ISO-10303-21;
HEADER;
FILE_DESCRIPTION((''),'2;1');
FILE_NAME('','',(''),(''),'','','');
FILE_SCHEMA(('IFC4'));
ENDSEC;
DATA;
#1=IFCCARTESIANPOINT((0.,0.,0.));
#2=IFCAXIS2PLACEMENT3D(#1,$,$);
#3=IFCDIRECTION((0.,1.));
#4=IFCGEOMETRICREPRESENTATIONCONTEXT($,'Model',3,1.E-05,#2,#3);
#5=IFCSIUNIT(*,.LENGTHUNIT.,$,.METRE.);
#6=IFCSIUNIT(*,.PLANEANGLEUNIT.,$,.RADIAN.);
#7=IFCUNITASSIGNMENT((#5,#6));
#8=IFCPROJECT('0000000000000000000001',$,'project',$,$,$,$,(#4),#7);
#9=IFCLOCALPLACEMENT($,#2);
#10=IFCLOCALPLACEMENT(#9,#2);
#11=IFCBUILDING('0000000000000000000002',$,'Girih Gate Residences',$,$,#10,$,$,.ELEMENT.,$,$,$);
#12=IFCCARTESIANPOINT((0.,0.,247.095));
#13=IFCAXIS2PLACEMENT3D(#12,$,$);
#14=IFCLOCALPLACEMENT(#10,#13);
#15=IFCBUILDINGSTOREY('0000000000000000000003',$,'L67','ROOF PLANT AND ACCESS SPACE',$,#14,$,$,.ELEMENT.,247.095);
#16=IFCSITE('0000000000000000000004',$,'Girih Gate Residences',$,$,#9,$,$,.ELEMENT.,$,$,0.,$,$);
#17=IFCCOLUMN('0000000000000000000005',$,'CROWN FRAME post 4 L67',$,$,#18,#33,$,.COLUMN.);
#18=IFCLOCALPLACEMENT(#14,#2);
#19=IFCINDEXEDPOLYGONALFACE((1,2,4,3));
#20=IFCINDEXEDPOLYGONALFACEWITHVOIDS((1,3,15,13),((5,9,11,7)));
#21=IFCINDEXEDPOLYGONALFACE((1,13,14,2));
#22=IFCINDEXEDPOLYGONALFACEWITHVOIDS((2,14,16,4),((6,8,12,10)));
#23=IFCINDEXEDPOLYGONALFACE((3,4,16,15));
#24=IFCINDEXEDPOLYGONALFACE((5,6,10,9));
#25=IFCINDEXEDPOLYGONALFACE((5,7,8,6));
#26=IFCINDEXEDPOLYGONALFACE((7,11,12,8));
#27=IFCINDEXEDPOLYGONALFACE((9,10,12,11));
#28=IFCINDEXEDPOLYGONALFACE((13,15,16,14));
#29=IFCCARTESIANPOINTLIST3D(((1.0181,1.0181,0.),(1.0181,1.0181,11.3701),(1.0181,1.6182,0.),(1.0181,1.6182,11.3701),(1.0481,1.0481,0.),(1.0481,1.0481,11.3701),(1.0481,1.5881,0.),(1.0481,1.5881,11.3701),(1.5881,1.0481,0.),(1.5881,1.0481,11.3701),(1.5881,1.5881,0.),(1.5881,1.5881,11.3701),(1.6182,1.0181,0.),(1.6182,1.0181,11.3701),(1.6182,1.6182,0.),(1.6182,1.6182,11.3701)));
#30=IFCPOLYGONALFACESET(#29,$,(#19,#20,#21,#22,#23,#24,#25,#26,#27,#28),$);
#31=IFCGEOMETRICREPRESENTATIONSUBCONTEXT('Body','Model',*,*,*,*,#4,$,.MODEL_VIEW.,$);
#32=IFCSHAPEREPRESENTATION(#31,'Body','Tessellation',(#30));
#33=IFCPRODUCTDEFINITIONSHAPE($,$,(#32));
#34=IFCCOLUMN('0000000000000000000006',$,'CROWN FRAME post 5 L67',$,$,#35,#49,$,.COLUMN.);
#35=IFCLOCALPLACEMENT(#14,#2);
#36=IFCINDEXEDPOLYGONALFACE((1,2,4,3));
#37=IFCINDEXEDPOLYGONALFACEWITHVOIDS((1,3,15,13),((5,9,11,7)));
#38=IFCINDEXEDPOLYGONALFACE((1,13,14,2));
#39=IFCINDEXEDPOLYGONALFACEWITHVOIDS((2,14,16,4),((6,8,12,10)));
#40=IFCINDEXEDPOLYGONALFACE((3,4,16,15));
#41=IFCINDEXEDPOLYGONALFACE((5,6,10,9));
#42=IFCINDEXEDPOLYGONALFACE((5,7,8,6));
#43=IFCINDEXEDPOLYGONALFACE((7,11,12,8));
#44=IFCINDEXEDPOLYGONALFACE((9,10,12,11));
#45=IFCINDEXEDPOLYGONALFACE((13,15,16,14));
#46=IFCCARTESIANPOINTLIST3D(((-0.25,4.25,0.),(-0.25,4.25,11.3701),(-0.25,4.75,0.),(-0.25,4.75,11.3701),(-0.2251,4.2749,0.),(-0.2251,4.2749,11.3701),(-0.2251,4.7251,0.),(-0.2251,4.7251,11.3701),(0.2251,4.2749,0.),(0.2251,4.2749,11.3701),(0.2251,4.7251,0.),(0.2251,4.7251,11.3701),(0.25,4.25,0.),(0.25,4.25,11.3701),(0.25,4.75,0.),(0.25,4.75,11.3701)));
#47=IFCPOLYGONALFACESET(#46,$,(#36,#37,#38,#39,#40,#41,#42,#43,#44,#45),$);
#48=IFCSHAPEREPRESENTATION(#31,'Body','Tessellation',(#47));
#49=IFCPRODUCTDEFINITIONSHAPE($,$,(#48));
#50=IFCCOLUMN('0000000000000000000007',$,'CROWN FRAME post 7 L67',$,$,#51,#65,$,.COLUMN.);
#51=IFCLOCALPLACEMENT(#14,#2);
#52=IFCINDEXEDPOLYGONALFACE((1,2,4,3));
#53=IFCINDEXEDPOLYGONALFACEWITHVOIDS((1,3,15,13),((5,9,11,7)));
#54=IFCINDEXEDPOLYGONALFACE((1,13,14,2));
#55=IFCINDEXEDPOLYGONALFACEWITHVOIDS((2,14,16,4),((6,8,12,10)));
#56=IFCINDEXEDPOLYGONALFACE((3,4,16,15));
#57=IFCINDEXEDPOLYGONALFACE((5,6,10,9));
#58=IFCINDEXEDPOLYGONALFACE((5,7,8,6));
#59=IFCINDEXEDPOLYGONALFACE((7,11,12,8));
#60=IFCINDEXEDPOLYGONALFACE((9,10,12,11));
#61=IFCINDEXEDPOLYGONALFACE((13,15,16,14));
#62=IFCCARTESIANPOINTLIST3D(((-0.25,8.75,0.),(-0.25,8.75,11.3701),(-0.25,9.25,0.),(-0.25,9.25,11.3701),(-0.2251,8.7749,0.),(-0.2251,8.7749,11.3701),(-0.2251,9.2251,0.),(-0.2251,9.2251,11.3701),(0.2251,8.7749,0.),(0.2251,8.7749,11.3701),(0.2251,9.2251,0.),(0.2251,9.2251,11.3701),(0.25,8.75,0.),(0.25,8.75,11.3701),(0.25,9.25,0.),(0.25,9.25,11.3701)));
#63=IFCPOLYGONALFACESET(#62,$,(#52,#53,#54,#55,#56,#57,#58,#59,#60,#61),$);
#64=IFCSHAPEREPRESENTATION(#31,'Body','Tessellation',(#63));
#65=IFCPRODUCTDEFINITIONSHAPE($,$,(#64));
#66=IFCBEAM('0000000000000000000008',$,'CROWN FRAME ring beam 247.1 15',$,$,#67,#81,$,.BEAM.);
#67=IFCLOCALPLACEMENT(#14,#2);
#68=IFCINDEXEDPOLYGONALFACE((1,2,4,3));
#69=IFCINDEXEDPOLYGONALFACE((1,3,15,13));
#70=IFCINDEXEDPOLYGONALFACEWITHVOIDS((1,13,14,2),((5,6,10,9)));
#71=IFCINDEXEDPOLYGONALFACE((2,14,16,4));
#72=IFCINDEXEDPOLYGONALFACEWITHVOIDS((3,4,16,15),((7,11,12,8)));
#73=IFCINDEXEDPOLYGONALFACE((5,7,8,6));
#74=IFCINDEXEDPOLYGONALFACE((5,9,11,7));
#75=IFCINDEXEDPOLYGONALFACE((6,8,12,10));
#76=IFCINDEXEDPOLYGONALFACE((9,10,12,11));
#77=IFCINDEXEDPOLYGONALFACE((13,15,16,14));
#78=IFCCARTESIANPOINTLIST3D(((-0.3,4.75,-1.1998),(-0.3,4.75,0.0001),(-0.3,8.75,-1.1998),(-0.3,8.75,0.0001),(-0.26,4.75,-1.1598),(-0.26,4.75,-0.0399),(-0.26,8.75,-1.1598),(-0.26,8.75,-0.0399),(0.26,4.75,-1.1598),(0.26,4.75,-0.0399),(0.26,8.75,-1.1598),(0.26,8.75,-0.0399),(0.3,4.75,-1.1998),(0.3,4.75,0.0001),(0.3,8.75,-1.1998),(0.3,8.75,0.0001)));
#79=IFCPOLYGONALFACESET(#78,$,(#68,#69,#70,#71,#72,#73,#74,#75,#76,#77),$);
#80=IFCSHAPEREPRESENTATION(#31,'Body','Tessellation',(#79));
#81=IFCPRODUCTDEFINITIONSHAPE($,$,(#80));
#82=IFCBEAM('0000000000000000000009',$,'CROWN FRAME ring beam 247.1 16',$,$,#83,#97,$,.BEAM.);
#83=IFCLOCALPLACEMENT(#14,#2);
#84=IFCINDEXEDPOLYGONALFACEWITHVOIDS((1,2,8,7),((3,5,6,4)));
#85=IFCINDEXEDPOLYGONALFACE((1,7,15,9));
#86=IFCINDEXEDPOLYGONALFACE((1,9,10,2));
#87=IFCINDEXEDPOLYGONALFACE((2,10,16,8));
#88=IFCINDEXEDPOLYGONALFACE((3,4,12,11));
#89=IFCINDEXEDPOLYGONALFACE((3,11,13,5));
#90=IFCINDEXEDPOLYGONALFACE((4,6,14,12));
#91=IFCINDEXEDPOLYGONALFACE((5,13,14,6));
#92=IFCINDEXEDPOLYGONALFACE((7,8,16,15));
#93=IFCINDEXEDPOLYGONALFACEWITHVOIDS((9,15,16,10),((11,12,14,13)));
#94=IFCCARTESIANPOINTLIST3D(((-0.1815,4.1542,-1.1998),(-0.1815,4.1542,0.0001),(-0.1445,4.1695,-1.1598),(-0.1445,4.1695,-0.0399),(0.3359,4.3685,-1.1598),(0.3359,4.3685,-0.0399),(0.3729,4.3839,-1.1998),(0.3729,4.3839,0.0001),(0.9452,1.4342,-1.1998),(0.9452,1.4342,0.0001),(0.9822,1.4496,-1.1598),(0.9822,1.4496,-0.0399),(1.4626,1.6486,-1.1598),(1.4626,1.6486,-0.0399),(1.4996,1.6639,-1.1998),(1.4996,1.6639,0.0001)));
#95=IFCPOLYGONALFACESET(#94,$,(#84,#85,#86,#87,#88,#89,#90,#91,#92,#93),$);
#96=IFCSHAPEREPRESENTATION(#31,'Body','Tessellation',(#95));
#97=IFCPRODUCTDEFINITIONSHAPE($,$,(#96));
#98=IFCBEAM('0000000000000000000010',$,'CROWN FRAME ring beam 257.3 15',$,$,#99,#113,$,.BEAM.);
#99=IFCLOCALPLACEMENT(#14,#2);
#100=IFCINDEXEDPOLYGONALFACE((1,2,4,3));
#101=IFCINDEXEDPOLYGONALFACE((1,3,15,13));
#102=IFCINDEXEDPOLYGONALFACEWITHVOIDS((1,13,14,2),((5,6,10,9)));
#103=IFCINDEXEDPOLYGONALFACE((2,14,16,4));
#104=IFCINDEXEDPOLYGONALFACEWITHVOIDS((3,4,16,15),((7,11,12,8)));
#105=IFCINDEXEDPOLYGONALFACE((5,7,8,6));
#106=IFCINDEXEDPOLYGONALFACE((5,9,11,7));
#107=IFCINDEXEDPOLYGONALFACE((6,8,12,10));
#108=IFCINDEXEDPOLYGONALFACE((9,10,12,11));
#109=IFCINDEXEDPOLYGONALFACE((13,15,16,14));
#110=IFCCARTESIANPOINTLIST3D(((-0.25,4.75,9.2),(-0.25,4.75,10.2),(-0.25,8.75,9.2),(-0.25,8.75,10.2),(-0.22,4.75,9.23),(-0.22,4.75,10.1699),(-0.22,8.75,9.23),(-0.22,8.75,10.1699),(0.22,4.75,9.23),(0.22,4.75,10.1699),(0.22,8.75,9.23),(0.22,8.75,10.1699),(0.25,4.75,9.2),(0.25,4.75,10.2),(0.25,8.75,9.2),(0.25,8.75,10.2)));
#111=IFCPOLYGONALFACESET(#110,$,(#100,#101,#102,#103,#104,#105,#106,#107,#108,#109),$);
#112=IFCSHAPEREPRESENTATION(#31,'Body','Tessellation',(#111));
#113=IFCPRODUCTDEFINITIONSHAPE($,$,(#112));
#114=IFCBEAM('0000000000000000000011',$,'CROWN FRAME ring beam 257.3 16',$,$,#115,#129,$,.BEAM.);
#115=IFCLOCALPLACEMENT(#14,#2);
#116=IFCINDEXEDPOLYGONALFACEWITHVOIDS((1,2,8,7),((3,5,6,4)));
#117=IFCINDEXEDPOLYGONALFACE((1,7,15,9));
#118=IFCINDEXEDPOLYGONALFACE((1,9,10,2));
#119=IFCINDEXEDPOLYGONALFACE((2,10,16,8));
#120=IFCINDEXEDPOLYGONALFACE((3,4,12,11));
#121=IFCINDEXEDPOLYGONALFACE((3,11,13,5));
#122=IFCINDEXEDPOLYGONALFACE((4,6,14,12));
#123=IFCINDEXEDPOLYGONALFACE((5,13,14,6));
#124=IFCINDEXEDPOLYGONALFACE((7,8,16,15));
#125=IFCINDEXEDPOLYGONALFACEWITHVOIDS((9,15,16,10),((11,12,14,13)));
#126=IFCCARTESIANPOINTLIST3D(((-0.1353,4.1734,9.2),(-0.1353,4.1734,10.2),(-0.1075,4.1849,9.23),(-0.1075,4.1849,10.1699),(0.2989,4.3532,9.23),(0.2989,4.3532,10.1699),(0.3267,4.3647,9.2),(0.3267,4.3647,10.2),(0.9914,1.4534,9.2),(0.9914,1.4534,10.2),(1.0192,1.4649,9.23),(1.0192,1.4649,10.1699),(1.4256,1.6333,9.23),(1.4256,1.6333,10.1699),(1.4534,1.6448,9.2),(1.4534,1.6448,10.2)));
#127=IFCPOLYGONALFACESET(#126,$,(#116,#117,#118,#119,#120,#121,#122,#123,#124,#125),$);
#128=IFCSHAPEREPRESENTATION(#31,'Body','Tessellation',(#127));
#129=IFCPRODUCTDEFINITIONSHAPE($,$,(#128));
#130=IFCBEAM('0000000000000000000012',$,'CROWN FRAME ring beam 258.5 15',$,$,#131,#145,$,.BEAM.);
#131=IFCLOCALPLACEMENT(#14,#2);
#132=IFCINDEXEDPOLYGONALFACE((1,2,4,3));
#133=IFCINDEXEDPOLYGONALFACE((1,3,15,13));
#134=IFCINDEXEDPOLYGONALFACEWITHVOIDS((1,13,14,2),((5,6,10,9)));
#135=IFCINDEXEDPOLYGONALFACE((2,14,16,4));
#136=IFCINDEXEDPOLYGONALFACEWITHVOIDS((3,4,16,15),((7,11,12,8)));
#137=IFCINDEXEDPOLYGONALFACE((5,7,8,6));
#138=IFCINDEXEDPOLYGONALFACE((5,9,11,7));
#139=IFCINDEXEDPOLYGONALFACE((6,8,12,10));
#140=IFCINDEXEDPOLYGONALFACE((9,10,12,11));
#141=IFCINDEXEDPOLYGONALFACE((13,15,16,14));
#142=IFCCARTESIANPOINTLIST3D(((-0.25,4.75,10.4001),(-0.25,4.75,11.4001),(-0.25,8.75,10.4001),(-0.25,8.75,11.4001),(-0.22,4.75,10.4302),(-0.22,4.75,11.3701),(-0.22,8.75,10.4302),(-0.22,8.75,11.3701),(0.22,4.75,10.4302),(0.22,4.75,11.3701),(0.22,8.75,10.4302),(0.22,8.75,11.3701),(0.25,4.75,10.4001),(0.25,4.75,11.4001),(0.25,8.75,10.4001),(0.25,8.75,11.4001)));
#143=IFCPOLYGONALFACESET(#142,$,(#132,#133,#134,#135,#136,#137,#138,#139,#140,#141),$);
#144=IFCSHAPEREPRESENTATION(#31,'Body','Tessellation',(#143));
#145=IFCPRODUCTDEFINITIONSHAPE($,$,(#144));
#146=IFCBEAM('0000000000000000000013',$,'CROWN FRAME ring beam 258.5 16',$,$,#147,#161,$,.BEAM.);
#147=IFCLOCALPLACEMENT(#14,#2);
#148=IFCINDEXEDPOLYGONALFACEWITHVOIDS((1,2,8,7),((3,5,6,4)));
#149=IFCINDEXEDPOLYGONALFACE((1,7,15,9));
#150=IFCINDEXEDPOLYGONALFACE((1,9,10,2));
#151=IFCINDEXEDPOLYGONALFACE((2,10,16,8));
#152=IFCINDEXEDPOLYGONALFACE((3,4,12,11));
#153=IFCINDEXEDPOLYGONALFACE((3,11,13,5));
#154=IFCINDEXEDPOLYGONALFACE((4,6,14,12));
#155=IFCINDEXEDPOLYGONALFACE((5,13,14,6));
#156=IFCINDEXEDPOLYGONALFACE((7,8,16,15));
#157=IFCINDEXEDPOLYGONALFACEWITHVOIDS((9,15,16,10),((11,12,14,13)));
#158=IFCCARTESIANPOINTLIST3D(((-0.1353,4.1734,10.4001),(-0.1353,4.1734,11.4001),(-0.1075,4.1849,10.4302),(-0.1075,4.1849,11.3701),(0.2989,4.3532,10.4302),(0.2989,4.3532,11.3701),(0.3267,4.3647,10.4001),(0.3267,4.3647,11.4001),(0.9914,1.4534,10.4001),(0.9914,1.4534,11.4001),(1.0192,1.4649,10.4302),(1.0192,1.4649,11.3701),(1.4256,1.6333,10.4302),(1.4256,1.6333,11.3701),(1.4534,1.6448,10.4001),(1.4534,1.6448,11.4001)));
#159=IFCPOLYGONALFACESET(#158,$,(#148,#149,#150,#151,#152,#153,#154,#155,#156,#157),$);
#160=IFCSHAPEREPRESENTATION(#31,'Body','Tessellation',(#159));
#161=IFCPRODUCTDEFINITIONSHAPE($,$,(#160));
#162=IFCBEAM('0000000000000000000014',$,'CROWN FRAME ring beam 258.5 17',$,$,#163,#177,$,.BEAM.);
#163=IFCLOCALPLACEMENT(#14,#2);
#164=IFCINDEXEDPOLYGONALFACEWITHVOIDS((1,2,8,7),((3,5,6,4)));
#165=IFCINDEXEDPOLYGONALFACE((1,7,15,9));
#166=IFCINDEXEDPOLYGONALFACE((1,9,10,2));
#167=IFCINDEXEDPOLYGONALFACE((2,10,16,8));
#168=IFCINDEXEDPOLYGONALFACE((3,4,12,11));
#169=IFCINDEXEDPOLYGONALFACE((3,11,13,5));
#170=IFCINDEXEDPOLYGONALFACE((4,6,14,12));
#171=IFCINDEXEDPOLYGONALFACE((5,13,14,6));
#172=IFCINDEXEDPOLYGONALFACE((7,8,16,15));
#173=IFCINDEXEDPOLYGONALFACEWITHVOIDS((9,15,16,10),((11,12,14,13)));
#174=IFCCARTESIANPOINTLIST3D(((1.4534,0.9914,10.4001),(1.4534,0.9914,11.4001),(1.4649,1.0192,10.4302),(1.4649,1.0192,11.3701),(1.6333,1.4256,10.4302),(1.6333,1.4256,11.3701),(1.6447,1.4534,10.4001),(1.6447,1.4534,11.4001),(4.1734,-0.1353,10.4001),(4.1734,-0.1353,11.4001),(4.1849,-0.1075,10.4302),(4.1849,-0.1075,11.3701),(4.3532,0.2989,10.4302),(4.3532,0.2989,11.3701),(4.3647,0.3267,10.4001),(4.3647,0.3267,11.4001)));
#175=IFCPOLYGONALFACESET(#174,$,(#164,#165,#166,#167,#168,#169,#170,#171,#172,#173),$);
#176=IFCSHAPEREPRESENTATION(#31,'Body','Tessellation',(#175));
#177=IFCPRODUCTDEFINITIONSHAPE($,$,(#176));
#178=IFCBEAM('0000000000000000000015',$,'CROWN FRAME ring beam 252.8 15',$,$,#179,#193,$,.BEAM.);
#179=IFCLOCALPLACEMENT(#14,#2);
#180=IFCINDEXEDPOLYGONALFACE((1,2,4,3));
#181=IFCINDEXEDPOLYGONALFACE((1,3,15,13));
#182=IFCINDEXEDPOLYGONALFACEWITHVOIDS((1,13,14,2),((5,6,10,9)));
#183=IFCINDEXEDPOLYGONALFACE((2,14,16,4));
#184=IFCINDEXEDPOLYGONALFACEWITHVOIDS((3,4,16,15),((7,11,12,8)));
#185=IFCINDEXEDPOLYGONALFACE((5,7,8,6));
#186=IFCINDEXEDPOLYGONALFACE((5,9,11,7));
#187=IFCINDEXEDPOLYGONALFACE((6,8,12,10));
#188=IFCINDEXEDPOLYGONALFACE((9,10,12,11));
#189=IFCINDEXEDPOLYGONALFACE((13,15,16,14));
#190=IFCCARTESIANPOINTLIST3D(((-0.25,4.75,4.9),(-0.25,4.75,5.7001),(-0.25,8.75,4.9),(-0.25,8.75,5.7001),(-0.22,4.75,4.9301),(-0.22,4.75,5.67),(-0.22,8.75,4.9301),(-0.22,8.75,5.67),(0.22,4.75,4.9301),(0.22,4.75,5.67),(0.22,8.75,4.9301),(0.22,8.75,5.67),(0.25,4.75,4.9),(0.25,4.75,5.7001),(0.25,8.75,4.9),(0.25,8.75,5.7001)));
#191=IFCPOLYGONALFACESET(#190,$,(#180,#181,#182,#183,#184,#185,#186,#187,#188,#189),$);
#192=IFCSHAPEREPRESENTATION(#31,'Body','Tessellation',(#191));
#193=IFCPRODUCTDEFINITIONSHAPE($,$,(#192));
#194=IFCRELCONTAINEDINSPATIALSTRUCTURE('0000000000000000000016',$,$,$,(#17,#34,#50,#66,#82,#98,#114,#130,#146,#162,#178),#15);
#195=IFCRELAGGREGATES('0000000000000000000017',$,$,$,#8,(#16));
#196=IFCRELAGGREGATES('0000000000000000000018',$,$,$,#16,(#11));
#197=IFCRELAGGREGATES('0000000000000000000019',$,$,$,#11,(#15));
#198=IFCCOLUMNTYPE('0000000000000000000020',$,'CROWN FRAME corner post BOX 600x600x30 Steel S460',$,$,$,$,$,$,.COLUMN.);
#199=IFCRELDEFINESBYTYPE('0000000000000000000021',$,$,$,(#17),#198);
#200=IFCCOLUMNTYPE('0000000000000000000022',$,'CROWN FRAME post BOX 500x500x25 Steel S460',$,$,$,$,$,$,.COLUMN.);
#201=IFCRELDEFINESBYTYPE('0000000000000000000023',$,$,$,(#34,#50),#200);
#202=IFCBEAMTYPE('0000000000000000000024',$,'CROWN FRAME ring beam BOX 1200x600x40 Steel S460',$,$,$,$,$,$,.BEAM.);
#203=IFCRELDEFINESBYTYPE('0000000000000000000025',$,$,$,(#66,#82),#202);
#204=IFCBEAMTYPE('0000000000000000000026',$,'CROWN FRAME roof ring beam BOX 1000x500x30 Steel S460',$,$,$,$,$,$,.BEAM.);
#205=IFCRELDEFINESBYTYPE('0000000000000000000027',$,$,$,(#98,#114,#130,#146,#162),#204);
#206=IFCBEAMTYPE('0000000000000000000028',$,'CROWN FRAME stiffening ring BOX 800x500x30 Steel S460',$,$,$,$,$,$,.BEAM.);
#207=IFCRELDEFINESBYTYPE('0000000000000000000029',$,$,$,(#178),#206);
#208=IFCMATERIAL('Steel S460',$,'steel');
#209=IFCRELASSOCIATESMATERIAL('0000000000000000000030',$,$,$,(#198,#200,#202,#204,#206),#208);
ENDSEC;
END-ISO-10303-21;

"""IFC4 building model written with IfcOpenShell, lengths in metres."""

from ifc_helpers import new_model, si_unit, direction, frame, origin, origin_2d, place, context, subcontext, project, spatial, hollow_rectangle, extrude, material, material_profile, profile_set, type_object, element, save


model = new_model("IFC4")

# Units and contexts
model_context = context("Model", 3, precision=1e-05, world=origin(), true_north=direction((0.0, 1.0)))
body_context = subcontext(model_context, "Body", "Model", "MODEL_VIEW")
ifc_project = project(units=[si_unit("LENGTHUNIT", "METRE"), si_unit("PLANEANGLEUNIT", "RADIAN")], contexts=[model_context])

# Site, building, storey
site_placement = place(None, origin())
site = spatial("IfcSite", under=ifc_project, at=site_placement, Name="Girih Gate Residences", CompositionType="ELEMENT", RefElevation=0.0)
building_placement = place(site_placement, origin())
building = spatial("IfcBuilding", under=site, at=building_placement, Name="Girih Gate Residences", CompositionType="ELEMENT")
storey_placement = place(building_placement, frame((0.0, 0.0, 247.095)))
storey = spatial("IfcBuildingStorey", under=building, at=storey_placement, Name="L67", Description="ROOF PLANT AND ACCESS SPACE", CompositionType="ELEMENT", Elevation=247.095)

# Columns
ifc_material_1 = material(Name="Steel S460", Category="steel")
ifc_material_profile_1 = material_profile(ifc_material_1, hollow_rectangle(XDim=0.6001, YDim=0.6001, WallThickness=0.03, at=origin_2d()))
ifc_profile_set_1 = profile_set([ifc_material_profile_1], Name="Steel S460")
column_type_1 = type_object("IfcColumnType", Name="CROWN FRAME corner post BOX 600x600x30 Steel S460", PredefinedType="COLUMN", material=ifc_profile_set_1)
column_placement = place(storey_placement, frame((1.3181, 1.3181, 0.0), z_axis=(0.0, 0.0, 1.0), x_axis=(1.0, 0.0, 0.0)))
element("IfcColumn", 1, at=column_placement, inside=storey, type_object=column_type_1, Name="CROWN FRAME post 4 L67", PredefinedType="COLUMN", context=body_context, shape_type="SweptSolid", body=[
    extrude(hollow_rectangle(XDim=0.6001, YDim=0.6001, WallThickness=0.03, at=origin_2d()), origin(), (0.0, 0.0, 1.0), 11.3701),
])
ifc_material_profile_2 = material_profile(ifc_material_1, hollow_rectangle(XDim=0.5, YDim=0.5, WallThickness=0.0249, at=origin_2d()))
ifc_profile_set_2 = profile_set([ifc_material_profile_2], Name="Steel S460")
column_type_2 = type_object("IfcColumnType", Name="CROWN FRAME post BOX 500x500x25 Steel S460", PredefinedType="COLUMN", material=ifc_profile_set_2)
for number, where, z_axis, x_axis, name in (
    (2, (0.0, 4.5, 0.0), (0.0, 0.0, 1.0), (1.0, 0.0, 0.0), "CROWN FRAME post 5 L67"),
    (3, (0.0, 9.0, 0.0), (0.0, 0.0, 1.0), (1.0, 0.0, 0.0), "CROWN FRAME post 7 L67"),
):
    element("IfcColumn", number, at=place(storey_placement, frame(where, z_axis=z_axis, x_axis=x_axis)), inside=storey, type_object=column_type_2, Name=name, PredefinedType="COLUMN", context=body_context, shape_type="SweptSolid", body=[
        extrude(hollow_rectangle(XDim=0.5, YDim=0.5, WallThickness=0.0249, at=origin_2d()), origin(), (0.0, 0.0, 1.0), 11.3701),
    ])

# Beams
ifc_material_profile_3 = material_profile(ifc_material_1, hollow_rectangle(XDim=0.6001, YDim=1.2, WallThickness=0.04, at=origin_2d()))
ifc_profile_set_3 = profile_set([ifc_material_profile_3], Name="Steel S460")
beam_type_1 = type_object("IfcBeamType", Name="CROWN FRAME ring beam BOX 1200x600x40 Steel S460", PredefinedType="BEAM", material=ifc_profile_set_3)
beam_1_placement = place(storey_placement, frame((0.0, 8.75, -0.5999), z_axis=(0.0, -1.0, 0.0), x_axis=(1.0, 0.0, 0.0)))
element("IfcBeam", 4, at=beam_1_placement, inside=storey, type_object=beam_type_1, Name="CROWN FRAME ring beam 247.1 15", PredefinedType="BEAM", context=body_context, shape_type="SweptSolid", body=[
    extrude(hollow_rectangle(XDim=0.6001, YDim=1.2, WallThickness=0.04, at=origin_2d()), origin(), (0.0, 0.0, 1.0), 4.0),
])
beam_2_placement = place(storey_placement, frame((0.0957, 4.269, -0.5999), z_axis=(0.382701, -0.923872, 0.0), x_axis=(0.923872, 0.382701, 0.0)))
element("IfcBeam", 5, at=beam_2_placement, inside=storey, type_object=beam_type_1, Name="CROWN FRAME ring beam 247.1 16", PredefinedType="BEAM", context=body_context, shape_type="SweptSolid", body=[
    extrude(hollow_rectangle(XDim=0.6001, YDim=1.2, WallThickness=0.04, at=origin_2d()), origin(), (0.0, 0.0, 1.0), 2.9441),
])
ifc_material_profile_4 = material_profile(ifc_material_1, hollow_rectangle(XDim=0.5, YDim=1.0, WallThickness=0.03, at=origin_2d()))
ifc_profile_set_4 = profile_set([ifc_material_profile_4], Name="Steel S460")
beam_type_2 = type_object("IfcBeamType", Name="CROWN FRAME roof ring beam BOX 1000x500x30 Steel S460", PredefinedType="BEAM", material=ifc_profile_set_4)
beam_3_placement = place(storey_placement, frame((0.0, 8.75, 9.7), z_axis=(0.0, -1.0, 0.0), x_axis=(1.0, 0.0, 0.0)))
element("IfcBeam", 6, at=beam_3_placement, inside=storey, type_object=beam_type_2, Name="CROWN FRAME ring beam 257.3 15", PredefinedType="BEAM", context=body_context, shape_type="SweptSolid", body=[
    extrude(hollow_rectangle(XDim=0.5, YDim=1.0, WallThickness=0.03, at=origin_2d()), origin(), (0.0, 0.0, 1.0), 4.0),
])
beam_4_placement = place(storey_placement, frame((0.0957, 4.269, 9.7), z_axis=(0.382701, -0.923872, 0.0), x_axis=(0.923872, 0.382701, 0.0)))
element("IfcBeam", 7, at=beam_4_placement, inside=storey, type_object=beam_type_2, Name="CROWN FRAME ring beam 257.3 16", PredefinedType="BEAM", context=body_context, shape_type="SweptSolid", body=[
    extrude(hollow_rectangle(XDim=0.5, YDim=1.0, WallThickness=0.03, at=origin_2d()), origin(), (0.0, 0.0, 1.0), 2.9441),
])
beam_5_placement = place(storey_placement, frame((0.0, 8.75, 10.9001), z_axis=(0.0, -1.0, 0.0), x_axis=(1.0, 0.0, 0.0)))
element("IfcBeam", 8, at=beam_5_placement, inside=storey, type_object=beam_type_2, Name="CROWN FRAME ring beam 258.5 15", PredefinedType="BEAM", context=body_context, shape_type="SweptSolid", body=[
    extrude(hollow_rectangle(XDim=0.5, YDim=1.0, WallThickness=0.03, at=origin_2d()), origin(), (0.0, 0.0, 1.0), 4.0),
])
for number, where, z_axis, x_axis, name in (
    (9, (0.0957, 4.269, 10.9001), (0.382701, -0.923872, 0.0), (0.923872, 0.382701, 0.0), "CROWN FRAME ring beam 258.5 16"),
    (10, (1.5491, 1.2224, 10.9001), (0.923872, -0.382701, 0.0), (0.382701, 0.923872, 0.0), "CROWN FRAME ring beam 258.5 17"),
):
    element("IfcBeam", number, at=place(storey_placement, frame(where, z_axis=z_axis, x_axis=x_axis)), inside=storey, type_object=beam_type_2, Name=name, PredefinedType="BEAM", context=body_context, shape_type="SweptSolid", body=[
        extrude(hollow_rectangle(XDim=0.5, YDim=1.0, WallThickness=0.03, at=origin_2d()), origin(), (0.0, 0.0, 1.0), 2.9441),
    ])
ifc_material_profile_5 = material_profile(ifc_material_1, hollow_rectangle(XDim=0.5, YDim=0.8, WallThickness=0.03, at=origin_2d()))
ifc_profile_set_5 = profile_set([ifc_material_profile_5], Name="Steel S460")
beam_type_3 = type_object("IfcBeamType", Name="CROWN FRAME stiffening ring BOX 800x500x30 Steel S460", PredefinedType="BEAM", material=ifc_profile_set_5)
beam_6_placement = place(storey_placement, frame((0.0, 8.75, 5.3), z_axis=(0.0, -1.0, 0.0), x_axis=(1.0, 0.0, 0.0)))
element("IfcBeam", 11, at=beam_6_placement, inside=storey, type_object=beam_type_3, Name="CROWN FRAME ring beam 252.8 15", PredefinedType="BEAM", context=body_context, shape_type="SweptSolid", body=[
    extrude(hollow_rectangle(XDim=0.5, YDim=0.8, WallThickness=0.03, at=origin_2d()), origin(), (0.0, 0.0, 1.0), 4.0),
])

save(model, "model.ifc")
